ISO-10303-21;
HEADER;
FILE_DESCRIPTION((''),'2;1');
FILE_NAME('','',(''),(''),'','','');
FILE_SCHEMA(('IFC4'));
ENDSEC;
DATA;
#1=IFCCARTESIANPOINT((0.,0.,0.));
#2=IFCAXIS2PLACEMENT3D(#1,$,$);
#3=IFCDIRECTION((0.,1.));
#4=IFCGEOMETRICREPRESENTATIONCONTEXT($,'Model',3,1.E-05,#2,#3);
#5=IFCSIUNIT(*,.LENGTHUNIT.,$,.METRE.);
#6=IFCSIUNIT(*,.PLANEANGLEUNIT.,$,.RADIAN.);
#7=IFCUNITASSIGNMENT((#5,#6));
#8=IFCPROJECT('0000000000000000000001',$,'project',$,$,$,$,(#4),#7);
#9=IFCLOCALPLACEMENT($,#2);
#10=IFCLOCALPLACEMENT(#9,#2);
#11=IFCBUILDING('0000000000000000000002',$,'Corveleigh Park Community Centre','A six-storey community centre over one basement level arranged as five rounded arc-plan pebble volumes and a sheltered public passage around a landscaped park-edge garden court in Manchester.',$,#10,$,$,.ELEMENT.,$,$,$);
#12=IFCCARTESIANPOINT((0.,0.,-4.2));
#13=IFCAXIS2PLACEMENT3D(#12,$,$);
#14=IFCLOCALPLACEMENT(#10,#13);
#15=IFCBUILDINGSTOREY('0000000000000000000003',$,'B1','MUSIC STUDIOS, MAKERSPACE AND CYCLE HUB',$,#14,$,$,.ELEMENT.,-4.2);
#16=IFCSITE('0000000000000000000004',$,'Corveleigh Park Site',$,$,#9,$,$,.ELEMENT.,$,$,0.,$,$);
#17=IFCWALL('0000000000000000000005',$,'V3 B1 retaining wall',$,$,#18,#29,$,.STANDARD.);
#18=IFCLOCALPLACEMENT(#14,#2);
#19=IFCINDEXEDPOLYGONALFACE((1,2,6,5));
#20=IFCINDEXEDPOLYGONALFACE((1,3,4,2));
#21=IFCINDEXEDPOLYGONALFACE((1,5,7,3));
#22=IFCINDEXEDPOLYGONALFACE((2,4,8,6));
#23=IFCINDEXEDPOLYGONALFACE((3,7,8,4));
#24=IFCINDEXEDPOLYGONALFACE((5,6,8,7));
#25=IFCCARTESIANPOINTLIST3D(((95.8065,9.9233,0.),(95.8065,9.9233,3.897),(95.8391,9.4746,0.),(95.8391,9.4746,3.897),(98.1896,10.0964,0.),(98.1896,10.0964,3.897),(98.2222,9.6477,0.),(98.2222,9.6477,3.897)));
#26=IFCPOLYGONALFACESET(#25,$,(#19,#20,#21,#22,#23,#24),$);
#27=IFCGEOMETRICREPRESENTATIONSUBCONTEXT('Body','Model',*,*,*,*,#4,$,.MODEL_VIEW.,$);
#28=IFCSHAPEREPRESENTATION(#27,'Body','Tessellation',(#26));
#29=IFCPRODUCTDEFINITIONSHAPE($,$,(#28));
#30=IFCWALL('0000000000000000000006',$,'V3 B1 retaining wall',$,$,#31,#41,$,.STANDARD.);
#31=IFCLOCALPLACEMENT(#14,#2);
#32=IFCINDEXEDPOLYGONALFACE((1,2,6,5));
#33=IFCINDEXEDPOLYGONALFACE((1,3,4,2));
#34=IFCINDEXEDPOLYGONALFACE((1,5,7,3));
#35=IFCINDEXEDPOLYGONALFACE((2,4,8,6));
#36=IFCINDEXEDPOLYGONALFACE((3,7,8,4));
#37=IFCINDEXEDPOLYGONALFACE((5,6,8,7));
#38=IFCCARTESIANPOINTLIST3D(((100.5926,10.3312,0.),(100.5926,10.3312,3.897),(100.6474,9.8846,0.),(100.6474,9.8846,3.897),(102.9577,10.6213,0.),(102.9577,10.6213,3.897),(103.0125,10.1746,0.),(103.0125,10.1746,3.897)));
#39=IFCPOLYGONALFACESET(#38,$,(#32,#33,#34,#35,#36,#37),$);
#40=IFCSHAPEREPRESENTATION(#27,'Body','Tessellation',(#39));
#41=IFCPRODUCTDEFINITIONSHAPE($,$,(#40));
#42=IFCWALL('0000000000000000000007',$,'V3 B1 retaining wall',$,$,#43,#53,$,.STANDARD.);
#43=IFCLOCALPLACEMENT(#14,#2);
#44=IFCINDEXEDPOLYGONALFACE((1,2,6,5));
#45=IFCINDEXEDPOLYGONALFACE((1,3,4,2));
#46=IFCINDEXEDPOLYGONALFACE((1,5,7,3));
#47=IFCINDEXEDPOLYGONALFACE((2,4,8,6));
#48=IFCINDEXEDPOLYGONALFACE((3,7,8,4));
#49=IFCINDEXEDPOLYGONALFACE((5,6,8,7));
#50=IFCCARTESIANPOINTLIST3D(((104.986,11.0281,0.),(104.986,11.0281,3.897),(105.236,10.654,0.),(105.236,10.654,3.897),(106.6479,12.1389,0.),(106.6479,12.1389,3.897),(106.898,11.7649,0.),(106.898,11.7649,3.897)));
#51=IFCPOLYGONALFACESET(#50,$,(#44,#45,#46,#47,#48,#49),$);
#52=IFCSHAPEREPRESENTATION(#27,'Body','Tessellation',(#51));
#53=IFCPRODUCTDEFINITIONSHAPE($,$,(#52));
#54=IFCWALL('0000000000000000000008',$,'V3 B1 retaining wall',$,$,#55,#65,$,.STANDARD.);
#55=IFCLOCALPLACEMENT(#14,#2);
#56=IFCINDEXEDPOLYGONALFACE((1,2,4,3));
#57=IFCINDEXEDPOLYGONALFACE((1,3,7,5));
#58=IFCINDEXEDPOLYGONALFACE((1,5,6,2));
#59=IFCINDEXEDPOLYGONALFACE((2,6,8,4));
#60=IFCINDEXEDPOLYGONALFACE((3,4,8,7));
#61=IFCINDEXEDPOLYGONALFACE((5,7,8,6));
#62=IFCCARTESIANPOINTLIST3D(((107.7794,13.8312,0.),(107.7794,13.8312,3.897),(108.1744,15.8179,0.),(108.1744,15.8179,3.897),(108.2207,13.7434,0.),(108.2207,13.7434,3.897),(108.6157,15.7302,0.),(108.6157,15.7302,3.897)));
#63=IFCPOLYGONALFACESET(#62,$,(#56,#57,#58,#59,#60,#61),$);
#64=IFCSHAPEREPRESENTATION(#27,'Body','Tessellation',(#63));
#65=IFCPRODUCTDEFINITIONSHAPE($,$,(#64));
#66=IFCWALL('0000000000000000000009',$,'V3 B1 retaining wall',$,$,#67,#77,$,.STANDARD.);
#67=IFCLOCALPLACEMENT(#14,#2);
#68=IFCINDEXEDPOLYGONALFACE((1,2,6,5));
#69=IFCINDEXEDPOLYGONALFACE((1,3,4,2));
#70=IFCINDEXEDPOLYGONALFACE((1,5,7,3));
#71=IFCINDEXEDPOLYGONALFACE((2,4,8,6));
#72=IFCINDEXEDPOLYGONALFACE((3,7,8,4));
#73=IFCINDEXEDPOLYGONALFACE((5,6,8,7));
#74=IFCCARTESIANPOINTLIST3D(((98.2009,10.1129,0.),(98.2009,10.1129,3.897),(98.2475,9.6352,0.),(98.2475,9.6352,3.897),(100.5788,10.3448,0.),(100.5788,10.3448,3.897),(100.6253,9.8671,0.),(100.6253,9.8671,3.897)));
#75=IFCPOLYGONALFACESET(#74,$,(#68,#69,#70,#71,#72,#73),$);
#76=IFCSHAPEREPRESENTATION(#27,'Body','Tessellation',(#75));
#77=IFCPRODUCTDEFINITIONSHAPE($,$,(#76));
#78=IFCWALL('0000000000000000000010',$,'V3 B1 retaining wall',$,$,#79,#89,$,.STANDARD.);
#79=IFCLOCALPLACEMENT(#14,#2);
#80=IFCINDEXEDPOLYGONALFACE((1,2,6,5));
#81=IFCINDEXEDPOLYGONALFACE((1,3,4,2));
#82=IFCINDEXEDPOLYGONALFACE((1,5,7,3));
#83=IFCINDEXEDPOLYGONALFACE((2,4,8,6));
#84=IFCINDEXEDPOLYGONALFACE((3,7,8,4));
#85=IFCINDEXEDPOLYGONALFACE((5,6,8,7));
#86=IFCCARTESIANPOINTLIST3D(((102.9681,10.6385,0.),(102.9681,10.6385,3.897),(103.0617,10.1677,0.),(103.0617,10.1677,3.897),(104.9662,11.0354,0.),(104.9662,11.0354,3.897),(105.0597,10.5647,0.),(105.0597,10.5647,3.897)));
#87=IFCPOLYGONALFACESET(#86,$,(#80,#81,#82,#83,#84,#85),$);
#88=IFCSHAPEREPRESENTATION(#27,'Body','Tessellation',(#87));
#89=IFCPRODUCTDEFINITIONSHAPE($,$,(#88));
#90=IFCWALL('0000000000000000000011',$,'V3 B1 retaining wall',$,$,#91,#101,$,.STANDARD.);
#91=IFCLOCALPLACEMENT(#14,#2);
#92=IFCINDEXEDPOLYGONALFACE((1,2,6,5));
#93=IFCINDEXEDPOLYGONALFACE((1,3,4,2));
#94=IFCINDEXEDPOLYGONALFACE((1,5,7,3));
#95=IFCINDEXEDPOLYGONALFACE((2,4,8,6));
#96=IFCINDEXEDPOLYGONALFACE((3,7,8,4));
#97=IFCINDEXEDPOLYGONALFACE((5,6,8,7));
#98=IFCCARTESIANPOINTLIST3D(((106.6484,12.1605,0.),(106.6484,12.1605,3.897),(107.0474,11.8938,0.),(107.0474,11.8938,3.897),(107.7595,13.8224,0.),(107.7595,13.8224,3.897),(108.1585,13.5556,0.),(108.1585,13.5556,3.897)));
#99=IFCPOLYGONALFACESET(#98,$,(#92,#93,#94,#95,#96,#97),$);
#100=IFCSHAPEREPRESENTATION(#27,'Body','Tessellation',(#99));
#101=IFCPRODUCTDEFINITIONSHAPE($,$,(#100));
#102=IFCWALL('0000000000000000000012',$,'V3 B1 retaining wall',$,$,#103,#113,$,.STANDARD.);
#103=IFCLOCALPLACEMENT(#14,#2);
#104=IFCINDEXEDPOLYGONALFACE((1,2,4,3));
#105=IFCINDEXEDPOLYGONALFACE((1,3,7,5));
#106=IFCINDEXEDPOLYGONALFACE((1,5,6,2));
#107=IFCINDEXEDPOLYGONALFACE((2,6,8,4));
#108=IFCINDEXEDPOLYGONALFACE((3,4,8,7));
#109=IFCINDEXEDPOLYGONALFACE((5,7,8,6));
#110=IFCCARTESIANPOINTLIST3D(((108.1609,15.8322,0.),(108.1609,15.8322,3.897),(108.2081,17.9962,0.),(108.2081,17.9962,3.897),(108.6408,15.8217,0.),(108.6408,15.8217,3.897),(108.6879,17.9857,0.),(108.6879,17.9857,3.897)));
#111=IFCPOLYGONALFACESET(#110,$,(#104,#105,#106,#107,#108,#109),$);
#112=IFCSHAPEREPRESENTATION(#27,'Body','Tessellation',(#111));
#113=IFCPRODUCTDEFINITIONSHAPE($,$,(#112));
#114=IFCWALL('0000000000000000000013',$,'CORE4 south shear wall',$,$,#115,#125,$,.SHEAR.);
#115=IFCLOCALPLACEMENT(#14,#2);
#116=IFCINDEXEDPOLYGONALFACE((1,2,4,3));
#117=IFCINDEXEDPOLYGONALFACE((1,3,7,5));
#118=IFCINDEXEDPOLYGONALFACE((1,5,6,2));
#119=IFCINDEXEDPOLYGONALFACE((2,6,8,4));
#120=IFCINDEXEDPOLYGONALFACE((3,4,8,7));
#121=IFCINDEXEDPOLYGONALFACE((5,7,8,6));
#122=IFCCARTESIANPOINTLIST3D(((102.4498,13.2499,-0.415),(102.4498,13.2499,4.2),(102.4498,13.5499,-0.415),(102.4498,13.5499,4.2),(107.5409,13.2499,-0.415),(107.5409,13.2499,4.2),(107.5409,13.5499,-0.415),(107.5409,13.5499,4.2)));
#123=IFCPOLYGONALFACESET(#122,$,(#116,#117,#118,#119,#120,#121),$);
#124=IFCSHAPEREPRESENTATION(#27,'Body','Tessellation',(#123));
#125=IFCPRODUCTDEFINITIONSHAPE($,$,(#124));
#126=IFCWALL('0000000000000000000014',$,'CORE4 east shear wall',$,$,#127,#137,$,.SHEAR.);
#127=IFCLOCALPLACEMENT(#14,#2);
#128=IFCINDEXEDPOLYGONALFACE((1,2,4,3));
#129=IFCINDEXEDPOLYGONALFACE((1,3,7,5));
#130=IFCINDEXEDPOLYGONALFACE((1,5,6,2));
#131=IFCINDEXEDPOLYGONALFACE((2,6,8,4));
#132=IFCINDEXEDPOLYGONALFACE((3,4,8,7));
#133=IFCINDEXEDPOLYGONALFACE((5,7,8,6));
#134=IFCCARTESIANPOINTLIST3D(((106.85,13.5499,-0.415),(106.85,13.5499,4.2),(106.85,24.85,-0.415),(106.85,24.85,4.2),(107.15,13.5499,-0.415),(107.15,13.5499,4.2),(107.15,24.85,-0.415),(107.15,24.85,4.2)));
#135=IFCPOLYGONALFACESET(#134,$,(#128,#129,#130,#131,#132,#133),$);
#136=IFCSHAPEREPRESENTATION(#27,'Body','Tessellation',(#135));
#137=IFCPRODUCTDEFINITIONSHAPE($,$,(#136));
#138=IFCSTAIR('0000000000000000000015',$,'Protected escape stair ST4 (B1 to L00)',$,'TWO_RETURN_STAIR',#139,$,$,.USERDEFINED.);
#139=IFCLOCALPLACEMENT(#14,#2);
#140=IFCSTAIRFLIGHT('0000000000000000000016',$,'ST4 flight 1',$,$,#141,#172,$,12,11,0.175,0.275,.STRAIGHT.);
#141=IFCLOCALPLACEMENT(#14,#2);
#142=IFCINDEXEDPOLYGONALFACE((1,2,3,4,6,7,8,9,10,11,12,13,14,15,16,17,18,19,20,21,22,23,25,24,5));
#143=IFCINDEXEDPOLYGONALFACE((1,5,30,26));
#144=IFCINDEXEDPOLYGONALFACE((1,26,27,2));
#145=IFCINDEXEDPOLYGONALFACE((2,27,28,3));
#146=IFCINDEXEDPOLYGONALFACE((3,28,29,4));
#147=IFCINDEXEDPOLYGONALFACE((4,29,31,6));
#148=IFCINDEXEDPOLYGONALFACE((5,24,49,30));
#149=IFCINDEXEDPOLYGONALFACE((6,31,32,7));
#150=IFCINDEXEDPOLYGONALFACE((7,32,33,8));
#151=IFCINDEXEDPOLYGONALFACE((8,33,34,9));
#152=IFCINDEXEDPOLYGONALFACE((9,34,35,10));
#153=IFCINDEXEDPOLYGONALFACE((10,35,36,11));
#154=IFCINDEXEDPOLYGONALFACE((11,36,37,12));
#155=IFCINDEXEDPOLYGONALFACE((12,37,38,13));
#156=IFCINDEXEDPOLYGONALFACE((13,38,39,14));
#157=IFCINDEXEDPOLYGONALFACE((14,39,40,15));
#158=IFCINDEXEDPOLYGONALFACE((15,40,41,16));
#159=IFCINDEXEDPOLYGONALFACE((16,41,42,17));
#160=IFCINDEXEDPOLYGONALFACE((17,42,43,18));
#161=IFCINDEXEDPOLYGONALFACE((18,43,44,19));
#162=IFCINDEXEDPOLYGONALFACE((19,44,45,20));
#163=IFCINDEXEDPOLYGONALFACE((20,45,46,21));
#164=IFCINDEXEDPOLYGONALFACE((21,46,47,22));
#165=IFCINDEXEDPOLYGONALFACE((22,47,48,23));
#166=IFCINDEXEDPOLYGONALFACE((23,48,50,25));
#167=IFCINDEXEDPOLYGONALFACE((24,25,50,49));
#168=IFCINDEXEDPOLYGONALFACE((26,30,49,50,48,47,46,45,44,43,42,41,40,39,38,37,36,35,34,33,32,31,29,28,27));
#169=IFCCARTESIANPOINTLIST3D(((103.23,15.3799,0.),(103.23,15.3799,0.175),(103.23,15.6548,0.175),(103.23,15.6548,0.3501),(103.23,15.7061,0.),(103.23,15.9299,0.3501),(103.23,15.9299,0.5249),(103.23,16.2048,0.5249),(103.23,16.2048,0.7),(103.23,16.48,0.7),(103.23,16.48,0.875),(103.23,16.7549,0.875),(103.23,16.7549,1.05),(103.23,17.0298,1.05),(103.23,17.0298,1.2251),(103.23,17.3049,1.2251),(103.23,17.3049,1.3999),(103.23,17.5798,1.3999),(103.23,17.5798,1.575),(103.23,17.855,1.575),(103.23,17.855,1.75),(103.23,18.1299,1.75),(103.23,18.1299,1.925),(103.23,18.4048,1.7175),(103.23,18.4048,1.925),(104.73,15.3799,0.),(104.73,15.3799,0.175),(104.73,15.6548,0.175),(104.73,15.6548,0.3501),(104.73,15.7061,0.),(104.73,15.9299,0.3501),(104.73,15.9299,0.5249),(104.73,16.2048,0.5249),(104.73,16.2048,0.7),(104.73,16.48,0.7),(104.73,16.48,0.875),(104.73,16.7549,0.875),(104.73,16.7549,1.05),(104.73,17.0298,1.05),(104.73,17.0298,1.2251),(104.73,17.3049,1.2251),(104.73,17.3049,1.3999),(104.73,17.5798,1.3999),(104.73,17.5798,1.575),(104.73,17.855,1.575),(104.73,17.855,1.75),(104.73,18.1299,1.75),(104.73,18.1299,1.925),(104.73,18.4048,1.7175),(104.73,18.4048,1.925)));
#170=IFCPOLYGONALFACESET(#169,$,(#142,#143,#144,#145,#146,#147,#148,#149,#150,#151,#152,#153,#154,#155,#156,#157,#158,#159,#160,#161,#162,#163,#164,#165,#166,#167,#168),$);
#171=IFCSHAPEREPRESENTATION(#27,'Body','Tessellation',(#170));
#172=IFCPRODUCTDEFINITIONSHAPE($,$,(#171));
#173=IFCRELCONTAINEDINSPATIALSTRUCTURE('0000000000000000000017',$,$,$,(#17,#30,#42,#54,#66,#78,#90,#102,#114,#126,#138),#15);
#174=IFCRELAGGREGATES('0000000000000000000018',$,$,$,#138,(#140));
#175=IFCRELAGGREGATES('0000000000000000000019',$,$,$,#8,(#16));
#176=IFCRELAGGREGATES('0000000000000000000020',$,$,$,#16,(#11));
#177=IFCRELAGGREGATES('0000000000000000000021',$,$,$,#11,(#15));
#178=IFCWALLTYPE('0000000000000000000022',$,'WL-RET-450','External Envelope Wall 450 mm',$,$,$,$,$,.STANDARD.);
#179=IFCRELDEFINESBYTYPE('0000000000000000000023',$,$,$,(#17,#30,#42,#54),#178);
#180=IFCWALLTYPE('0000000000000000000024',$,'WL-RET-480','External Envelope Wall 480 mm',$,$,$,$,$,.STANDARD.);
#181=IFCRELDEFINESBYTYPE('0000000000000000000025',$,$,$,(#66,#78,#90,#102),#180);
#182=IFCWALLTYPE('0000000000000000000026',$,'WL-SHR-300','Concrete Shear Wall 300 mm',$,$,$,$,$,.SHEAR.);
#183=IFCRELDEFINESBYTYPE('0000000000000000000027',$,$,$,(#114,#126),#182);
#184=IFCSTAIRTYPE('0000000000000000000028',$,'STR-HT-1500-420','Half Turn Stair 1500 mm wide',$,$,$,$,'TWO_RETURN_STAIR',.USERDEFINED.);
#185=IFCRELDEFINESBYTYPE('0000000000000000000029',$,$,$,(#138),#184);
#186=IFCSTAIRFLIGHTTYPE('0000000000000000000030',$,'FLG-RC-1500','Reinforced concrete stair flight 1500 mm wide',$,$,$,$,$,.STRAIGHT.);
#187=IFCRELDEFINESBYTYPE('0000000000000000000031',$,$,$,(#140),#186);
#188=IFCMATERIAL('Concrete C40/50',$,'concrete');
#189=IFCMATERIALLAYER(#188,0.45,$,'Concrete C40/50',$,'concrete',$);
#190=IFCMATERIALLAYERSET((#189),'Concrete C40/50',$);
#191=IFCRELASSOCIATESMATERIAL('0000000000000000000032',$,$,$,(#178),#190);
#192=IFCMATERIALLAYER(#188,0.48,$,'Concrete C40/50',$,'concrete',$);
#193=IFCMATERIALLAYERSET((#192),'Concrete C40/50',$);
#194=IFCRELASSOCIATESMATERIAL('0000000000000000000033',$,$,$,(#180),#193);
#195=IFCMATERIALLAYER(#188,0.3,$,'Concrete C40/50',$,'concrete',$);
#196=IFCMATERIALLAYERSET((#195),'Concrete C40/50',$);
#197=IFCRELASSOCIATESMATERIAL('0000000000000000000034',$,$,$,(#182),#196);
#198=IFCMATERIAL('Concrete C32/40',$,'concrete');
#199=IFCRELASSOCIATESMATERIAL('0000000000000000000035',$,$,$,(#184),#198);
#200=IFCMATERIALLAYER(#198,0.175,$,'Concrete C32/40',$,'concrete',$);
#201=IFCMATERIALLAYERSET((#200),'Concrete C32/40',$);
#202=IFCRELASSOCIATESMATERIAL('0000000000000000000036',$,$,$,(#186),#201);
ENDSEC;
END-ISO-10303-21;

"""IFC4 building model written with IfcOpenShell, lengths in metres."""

from ifc_helpers import new_model, si_unit, direction, frame, frame_2d, origin, place, context, subcontext, project, spatial, polyline, rectangle, outline, extrude, material, layer, layer_set, type_object, element, aggregate, save


model = new_model("IFC4")

# Units and contexts
model_context = context("Model", 3, precision=1e-05, world=origin(), true_north=direction((0.0, 1.0)))
body_context = subcontext(model_context, "Body", "Model", "MODEL_VIEW")
ifc_project = project(units=[si_unit("LENGTHUNIT", "METRE"), si_unit("PLANEANGLEUNIT", "RADIAN")], contexts=[model_context])

# Site, building, storey
site_placement = place(None, origin())
site = spatial("IfcSite", under=ifc_project, at=site_placement, Name="Corveleigh Park Site", CompositionType="ELEMENT", RefElevation=0.0)
building_placement = place(site_placement, origin())
building = spatial("IfcBuilding", under=site, at=building_placement, Name="Corveleigh Park Community Centre", Description="A six-storey community centre over one basement level arranged as five rounded arc-plan pebble volumes and a sheltered public passage around a landscaped park-edge garden court in Manchester.", CompositionType="ELEMENT")
storey_placement = place(building_placement, frame((0.0, 0.0, -4.2)))
storey = spatial("IfcBuildingStorey", under=building, at=storey_placement, Name="B1", Description="MUSIC STUDIOS, MAKERSPACE AND CYCLE HUB", CompositionType="ELEMENT", Elevation=-4.2)

# Shared definitions
ifc_material_1 = material(Name="Concrete C32/40", Category="concrete")

# Shared definitions
ifc_material_2 = material(Name="Concrete C40/50", Category="concrete")

# Walls
ifc_layer_1 = layer(ifc_material_2, 0.45, Name="Concrete C40/50", Category="concrete")
ifc_layer_set_1 = layer_set([ifc_layer_1], Name="Concrete C40/50")
wall_type_1 = type_object("IfcWallType", Name="WL-RET-450", Description="External Envelope Wall 450 mm", PredefinedType="STANDARD", material=ifc_layer_set_1)
wall_1_placement = place(storey_placement, frame((98.2061, 9.8721, 0.0), z_axis=(0.0, 0.0, 1.0), x_axis=(-0.997372, -0.072445, 0.0)))
element("IfcWall", 1, at=wall_1_placement, inside=storey, type_object=wall_type_1, Name="V3 B1 retaining wall", PredefinedType="STANDARD", context=body_context, shape_type="SweptSolid", body=[
    extrude(rectangle(XDim=2.3894, YDim=0.45, at=frame_2d((1.1948, 0.0))), origin(), (0.0, 0.0, 1.0), 3.897),
])
wall_2_placement = place(storey_placement, frame((102.9851, 10.3979, 0.0), z_axis=(0.0, 0.0, 1.0), x_axis=(-0.992564, -0.121727, 0.0)))
element("IfcWall", 2, at=wall_2_placement, inside=storey, type_object=wall_type_1, Name="V3 B1 retaining wall", PredefinedType="STANDARD", context=body_context, shape_type="SweptSolid", body=[
    extrude(rectangle(XDim=2.3828, YDim=0.45, at=frame_2d((1.1914, 0.0))), origin(), (0.0, 0.0, 1.0), 3.897),
])
wall_3_placement = place(storey_placement, frame((106.7729, 11.9519, 0.0), z_axis=(0.0, 0.0, 1.0), x_axis=(-0.831373, -0.555714, 0.0)))
element("IfcWall", 3, at=wall_3_placement, inside=storey, type_object=wall_type_1, Name="V3 B1 retaining wall", PredefinedType="STANDARD", context=body_context, shape_type="SweptSolid", body=[
    extrude(rectangle(XDim=1.999, YDim=0.45, at=frame_2d((0.9995, 0.0))), origin(), (0.0, 0.0, 1.0), 3.897),
])
wall_4_placement = place(storey_placement, frame((108.395, 15.7739, 0.0), z_axis=(0.0, 0.0, 1.0), x_axis=(-0.195004, -0.980803, 0.0)))
element("IfcWall", 4, at=wall_4_placement, inside=storey, type_object=wall_type_1, Name="V3 B1 retaining wall", PredefinedType="STANDARD", context=body_context, shape_type="SweptSolid", body=[
    extrude(rectangle(XDim=2.0256, YDim=0.45, at=frame_2d((1.0127, 0.0))), origin(), (0.0, 0.0, 1.0), 3.897),
])
ifc_layer_2 = layer(ifc_material_2, 0.48, Name="Concrete C40/50", Category="concrete")
ifc_layer_set_2 = layer_set([ifc_layer_2], Name="Concrete C40/50")
wall_type_2 = type_object("IfcWallType", Name="WL-RET-480", Description="External Envelope Wall 480 mm", PredefinedType="STANDARD", material=ifc_layer_set_2)
wall_5_placement = place(storey_placement, frame((100.6021, 10.106, 0.0), z_axis=(0.0, 0.0, 1.0), x_axis=(-0.995277, -0.097075, 0.0)))
element("IfcWall", 5, at=wall_5_placement, inside=storey, type_object=wall_type_2, Name="V3 B1 retaining wall", PredefinedType="STANDARD", context=body_context, shape_type="SweptSolid", body=[
    extrude(rectangle(XDim=2.3892, YDim=0.48, at=frame_2d((1.1946, 0.0))), origin(), (0.0, 0.0, 1.0), 3.897),
])
wall_6_placement = place(storey_placement, frame((105.0129, 10.8, 0.0), z_axis=(0.0, 0.0, 1.0), x_axis=(-0.980829, -0.194871, 0.0)))
element("IfcWall", 6, at=wall_6_placement, inside=storey, type_object=wall_type_2, Name="V3 B1 retaining wall", PredefinedType="STANDARD", context=body_context, shape_type="SweptSolid", body=[
    extrude(rectangle(XDim=2.0371, YDim=0.48, at=frame_2d((1.0186, 0.0))), origin(), (0.0, 0.0, 1.0), 3.897),
])
wall_7_placement = place(storey_placement, frame((107.959, 13.689, 0.0), z_axis=(0.0, 0.0, 1.0), x_axis=(-0.555799, -0.831317, 0.0)))
element("IfcWall", 7, at=wall_7_placement, inside=storey, type_object=wall_type_2, Name="V3 B1 retaining wall", PredefinedType="STANDARD", context=body_context, shape_type="SweptSolid", body=[
    extrude(rectangle(XDim=1.999, YDim=0.48, at=frame_2d((0.9995, 0.0))), origin(), (0.0, 0.0, 1.0), 3.897),
])
wall_8_placement = place(storey_placement, frame((108.448, 17.991, 0.0), z_axis=(0.0, 0.0, 1.0), x_axis=(-0.021768, -0.999763, 0.0)))
element("IfcWall", 8, at=wall_8_placement, inside=storey, type_object=wall_type_2, Name="V3 B1 retaining wall", PredefinedType="STANDARD", context=body_context, shape_type="SweptSolid", body=[
    extrude(rectangle(XDim=2.1646, YDim=0.48, at=frame_2d((1.0823, 0.0))), origin(), (0.0, 0.0, 1.0), 3.897),
])
ifc_layer_3 = layer(ifc_material_2, 0.3, Name="Concrete C40/50", Category="concrete")
ifc_layer_set_3 = layer_set([ifc_layer_3], Name="Concrete C40/50")
wall_type_3 = type_object("IfcWallType", Name="WL-SHR-300", Description="Concrete Shear Wall 300 mm", PredefinedType="SHEAR", material=ifc_layer_set_3)
wall_9_placement = place(storey_placement, frame((102.45, 13.3999, -0.415), z_axis=(0.0, 0.0, 1.0), x_axis=(1.0, 0.0, 0.0)))
element("IfcWall", 9, at=wall_9_placement, inside=storey, type_object=wall_type_3, Name="CORE4 south shear wall", PredefinedType="SHEAR", context=body_context, shape_type="SweptSolid", body=[
    extrude(rectangle(XDim=5.0911, YDim=0.3, at=frame_2d((2.5454, 0.0))), origin(), (0.0, 0.0, 1.0), 4.615),
])
wall_10_placement = place(storey_placement, frame((107.0, 13.55, -0.415), z_axis=(0.0, 0.0, 1.0), x_axis=(0.0, 1.0, 0.0)))
element("IfcWall", 10, at=wall_10_placement, inside=storey, type_object=wall_type_3, Name="CORE4 east shear wall", PredefinedType="SHEAR", context=body_context, shape_type="SweptSolid", body=[
    extrude(rectangle(XDim=11.3, YDim=0.3, at=frame_2d((5.6499, 0.0))), origin(), (0.0, 0.0, 1.0), 4.615),
])

# Stair, stair flight
stair_type = type_object("IfcStairType", Name="STR-HT-1500-420", Description="Half Turn Stair 1500 mm wide", ElementType="TWO_RETURN_STAIR", PredefinedType="USERDEFINED", material=ifc_material_1)
stair_placement = place(storey_placement, origin())
stair = element("IfcStair", 11, at=stair_placement, inside=storey, type_object=stair_type, Name="Protected escape stair ST4 (B1 to L00)", ObjectType="TWO_RETURN_STAIR", PredefinedType="USERDEFINED")
ifc_layer_4 = layer(ifc_material_1, 0.175, Name="Concrete C32/40", Category="concrete")
ifc_layer_set_4 = layer_set([ifc_layer_4], Name="Concrete C32/40")
stair_flight_type = type_object("IfcStairFlightType", Name="FLG-RC-1500", Description="Reinforced concrete stair flight 1500 mm wide", PredefinedType="STRAIGHT", material=ifc_layer_set_4)
stair_flight_1_placement = place(storey_placement, frame((103.98, 15.3799, 0.0), z_axis=(0.0, 0.0, 1.0), x_axis=(0.0, 1.0, 0.0)))
stair_flight_1 = element("IfcStairFlight", 12, at=stair_flight_1_placement, type_object=stair_flight_type, Name="ST4 flight 1", NumberOfRisers=12, NumberOfTreads=11, PredefinedType="STRAIGHT", RiserHeight=0.175, TreadLength=0.275, context=body_context, shape_type="SweptSolid", body=[
    extrude(outline(polyline([(0.0, 0.0), (0.0, 0.175), (0.2749, 0.175), (0.2749, 0.3501), (0.55, 0.3501), (0.55, 0.5249), (0.825, 0.5249), (0.825, 0.7), (1.1001, 0.7), (1.1001, 0.875), (1.375, 0.875), (1.375, 1.05), (1.6499, 1.05), (1.6499, 1.2251), (1.925, 1.2251), (1.925, 1.3999), (2.2, 1.3999), (2.2, 1.575), (2.4751, 1.575), (2.4751, 1.75), (2.75, 1.75), (2.75, 1.925), (3.0249, 1.925), (3.0249, 2.1001), (3.0249, 1.7175), (0.3262, 0.0), (0.0, 0.0)])), frame((0.0, 0.75, 0.0), z_axis=(0.0, -1.0, 0.0), x_axis=(1.0, 0.0, 0.0)), (0.0, 0.0, 1.0), 1.5),
])
aggregate(stair, [stair_flight_1])

save(model, "model.ifc")
